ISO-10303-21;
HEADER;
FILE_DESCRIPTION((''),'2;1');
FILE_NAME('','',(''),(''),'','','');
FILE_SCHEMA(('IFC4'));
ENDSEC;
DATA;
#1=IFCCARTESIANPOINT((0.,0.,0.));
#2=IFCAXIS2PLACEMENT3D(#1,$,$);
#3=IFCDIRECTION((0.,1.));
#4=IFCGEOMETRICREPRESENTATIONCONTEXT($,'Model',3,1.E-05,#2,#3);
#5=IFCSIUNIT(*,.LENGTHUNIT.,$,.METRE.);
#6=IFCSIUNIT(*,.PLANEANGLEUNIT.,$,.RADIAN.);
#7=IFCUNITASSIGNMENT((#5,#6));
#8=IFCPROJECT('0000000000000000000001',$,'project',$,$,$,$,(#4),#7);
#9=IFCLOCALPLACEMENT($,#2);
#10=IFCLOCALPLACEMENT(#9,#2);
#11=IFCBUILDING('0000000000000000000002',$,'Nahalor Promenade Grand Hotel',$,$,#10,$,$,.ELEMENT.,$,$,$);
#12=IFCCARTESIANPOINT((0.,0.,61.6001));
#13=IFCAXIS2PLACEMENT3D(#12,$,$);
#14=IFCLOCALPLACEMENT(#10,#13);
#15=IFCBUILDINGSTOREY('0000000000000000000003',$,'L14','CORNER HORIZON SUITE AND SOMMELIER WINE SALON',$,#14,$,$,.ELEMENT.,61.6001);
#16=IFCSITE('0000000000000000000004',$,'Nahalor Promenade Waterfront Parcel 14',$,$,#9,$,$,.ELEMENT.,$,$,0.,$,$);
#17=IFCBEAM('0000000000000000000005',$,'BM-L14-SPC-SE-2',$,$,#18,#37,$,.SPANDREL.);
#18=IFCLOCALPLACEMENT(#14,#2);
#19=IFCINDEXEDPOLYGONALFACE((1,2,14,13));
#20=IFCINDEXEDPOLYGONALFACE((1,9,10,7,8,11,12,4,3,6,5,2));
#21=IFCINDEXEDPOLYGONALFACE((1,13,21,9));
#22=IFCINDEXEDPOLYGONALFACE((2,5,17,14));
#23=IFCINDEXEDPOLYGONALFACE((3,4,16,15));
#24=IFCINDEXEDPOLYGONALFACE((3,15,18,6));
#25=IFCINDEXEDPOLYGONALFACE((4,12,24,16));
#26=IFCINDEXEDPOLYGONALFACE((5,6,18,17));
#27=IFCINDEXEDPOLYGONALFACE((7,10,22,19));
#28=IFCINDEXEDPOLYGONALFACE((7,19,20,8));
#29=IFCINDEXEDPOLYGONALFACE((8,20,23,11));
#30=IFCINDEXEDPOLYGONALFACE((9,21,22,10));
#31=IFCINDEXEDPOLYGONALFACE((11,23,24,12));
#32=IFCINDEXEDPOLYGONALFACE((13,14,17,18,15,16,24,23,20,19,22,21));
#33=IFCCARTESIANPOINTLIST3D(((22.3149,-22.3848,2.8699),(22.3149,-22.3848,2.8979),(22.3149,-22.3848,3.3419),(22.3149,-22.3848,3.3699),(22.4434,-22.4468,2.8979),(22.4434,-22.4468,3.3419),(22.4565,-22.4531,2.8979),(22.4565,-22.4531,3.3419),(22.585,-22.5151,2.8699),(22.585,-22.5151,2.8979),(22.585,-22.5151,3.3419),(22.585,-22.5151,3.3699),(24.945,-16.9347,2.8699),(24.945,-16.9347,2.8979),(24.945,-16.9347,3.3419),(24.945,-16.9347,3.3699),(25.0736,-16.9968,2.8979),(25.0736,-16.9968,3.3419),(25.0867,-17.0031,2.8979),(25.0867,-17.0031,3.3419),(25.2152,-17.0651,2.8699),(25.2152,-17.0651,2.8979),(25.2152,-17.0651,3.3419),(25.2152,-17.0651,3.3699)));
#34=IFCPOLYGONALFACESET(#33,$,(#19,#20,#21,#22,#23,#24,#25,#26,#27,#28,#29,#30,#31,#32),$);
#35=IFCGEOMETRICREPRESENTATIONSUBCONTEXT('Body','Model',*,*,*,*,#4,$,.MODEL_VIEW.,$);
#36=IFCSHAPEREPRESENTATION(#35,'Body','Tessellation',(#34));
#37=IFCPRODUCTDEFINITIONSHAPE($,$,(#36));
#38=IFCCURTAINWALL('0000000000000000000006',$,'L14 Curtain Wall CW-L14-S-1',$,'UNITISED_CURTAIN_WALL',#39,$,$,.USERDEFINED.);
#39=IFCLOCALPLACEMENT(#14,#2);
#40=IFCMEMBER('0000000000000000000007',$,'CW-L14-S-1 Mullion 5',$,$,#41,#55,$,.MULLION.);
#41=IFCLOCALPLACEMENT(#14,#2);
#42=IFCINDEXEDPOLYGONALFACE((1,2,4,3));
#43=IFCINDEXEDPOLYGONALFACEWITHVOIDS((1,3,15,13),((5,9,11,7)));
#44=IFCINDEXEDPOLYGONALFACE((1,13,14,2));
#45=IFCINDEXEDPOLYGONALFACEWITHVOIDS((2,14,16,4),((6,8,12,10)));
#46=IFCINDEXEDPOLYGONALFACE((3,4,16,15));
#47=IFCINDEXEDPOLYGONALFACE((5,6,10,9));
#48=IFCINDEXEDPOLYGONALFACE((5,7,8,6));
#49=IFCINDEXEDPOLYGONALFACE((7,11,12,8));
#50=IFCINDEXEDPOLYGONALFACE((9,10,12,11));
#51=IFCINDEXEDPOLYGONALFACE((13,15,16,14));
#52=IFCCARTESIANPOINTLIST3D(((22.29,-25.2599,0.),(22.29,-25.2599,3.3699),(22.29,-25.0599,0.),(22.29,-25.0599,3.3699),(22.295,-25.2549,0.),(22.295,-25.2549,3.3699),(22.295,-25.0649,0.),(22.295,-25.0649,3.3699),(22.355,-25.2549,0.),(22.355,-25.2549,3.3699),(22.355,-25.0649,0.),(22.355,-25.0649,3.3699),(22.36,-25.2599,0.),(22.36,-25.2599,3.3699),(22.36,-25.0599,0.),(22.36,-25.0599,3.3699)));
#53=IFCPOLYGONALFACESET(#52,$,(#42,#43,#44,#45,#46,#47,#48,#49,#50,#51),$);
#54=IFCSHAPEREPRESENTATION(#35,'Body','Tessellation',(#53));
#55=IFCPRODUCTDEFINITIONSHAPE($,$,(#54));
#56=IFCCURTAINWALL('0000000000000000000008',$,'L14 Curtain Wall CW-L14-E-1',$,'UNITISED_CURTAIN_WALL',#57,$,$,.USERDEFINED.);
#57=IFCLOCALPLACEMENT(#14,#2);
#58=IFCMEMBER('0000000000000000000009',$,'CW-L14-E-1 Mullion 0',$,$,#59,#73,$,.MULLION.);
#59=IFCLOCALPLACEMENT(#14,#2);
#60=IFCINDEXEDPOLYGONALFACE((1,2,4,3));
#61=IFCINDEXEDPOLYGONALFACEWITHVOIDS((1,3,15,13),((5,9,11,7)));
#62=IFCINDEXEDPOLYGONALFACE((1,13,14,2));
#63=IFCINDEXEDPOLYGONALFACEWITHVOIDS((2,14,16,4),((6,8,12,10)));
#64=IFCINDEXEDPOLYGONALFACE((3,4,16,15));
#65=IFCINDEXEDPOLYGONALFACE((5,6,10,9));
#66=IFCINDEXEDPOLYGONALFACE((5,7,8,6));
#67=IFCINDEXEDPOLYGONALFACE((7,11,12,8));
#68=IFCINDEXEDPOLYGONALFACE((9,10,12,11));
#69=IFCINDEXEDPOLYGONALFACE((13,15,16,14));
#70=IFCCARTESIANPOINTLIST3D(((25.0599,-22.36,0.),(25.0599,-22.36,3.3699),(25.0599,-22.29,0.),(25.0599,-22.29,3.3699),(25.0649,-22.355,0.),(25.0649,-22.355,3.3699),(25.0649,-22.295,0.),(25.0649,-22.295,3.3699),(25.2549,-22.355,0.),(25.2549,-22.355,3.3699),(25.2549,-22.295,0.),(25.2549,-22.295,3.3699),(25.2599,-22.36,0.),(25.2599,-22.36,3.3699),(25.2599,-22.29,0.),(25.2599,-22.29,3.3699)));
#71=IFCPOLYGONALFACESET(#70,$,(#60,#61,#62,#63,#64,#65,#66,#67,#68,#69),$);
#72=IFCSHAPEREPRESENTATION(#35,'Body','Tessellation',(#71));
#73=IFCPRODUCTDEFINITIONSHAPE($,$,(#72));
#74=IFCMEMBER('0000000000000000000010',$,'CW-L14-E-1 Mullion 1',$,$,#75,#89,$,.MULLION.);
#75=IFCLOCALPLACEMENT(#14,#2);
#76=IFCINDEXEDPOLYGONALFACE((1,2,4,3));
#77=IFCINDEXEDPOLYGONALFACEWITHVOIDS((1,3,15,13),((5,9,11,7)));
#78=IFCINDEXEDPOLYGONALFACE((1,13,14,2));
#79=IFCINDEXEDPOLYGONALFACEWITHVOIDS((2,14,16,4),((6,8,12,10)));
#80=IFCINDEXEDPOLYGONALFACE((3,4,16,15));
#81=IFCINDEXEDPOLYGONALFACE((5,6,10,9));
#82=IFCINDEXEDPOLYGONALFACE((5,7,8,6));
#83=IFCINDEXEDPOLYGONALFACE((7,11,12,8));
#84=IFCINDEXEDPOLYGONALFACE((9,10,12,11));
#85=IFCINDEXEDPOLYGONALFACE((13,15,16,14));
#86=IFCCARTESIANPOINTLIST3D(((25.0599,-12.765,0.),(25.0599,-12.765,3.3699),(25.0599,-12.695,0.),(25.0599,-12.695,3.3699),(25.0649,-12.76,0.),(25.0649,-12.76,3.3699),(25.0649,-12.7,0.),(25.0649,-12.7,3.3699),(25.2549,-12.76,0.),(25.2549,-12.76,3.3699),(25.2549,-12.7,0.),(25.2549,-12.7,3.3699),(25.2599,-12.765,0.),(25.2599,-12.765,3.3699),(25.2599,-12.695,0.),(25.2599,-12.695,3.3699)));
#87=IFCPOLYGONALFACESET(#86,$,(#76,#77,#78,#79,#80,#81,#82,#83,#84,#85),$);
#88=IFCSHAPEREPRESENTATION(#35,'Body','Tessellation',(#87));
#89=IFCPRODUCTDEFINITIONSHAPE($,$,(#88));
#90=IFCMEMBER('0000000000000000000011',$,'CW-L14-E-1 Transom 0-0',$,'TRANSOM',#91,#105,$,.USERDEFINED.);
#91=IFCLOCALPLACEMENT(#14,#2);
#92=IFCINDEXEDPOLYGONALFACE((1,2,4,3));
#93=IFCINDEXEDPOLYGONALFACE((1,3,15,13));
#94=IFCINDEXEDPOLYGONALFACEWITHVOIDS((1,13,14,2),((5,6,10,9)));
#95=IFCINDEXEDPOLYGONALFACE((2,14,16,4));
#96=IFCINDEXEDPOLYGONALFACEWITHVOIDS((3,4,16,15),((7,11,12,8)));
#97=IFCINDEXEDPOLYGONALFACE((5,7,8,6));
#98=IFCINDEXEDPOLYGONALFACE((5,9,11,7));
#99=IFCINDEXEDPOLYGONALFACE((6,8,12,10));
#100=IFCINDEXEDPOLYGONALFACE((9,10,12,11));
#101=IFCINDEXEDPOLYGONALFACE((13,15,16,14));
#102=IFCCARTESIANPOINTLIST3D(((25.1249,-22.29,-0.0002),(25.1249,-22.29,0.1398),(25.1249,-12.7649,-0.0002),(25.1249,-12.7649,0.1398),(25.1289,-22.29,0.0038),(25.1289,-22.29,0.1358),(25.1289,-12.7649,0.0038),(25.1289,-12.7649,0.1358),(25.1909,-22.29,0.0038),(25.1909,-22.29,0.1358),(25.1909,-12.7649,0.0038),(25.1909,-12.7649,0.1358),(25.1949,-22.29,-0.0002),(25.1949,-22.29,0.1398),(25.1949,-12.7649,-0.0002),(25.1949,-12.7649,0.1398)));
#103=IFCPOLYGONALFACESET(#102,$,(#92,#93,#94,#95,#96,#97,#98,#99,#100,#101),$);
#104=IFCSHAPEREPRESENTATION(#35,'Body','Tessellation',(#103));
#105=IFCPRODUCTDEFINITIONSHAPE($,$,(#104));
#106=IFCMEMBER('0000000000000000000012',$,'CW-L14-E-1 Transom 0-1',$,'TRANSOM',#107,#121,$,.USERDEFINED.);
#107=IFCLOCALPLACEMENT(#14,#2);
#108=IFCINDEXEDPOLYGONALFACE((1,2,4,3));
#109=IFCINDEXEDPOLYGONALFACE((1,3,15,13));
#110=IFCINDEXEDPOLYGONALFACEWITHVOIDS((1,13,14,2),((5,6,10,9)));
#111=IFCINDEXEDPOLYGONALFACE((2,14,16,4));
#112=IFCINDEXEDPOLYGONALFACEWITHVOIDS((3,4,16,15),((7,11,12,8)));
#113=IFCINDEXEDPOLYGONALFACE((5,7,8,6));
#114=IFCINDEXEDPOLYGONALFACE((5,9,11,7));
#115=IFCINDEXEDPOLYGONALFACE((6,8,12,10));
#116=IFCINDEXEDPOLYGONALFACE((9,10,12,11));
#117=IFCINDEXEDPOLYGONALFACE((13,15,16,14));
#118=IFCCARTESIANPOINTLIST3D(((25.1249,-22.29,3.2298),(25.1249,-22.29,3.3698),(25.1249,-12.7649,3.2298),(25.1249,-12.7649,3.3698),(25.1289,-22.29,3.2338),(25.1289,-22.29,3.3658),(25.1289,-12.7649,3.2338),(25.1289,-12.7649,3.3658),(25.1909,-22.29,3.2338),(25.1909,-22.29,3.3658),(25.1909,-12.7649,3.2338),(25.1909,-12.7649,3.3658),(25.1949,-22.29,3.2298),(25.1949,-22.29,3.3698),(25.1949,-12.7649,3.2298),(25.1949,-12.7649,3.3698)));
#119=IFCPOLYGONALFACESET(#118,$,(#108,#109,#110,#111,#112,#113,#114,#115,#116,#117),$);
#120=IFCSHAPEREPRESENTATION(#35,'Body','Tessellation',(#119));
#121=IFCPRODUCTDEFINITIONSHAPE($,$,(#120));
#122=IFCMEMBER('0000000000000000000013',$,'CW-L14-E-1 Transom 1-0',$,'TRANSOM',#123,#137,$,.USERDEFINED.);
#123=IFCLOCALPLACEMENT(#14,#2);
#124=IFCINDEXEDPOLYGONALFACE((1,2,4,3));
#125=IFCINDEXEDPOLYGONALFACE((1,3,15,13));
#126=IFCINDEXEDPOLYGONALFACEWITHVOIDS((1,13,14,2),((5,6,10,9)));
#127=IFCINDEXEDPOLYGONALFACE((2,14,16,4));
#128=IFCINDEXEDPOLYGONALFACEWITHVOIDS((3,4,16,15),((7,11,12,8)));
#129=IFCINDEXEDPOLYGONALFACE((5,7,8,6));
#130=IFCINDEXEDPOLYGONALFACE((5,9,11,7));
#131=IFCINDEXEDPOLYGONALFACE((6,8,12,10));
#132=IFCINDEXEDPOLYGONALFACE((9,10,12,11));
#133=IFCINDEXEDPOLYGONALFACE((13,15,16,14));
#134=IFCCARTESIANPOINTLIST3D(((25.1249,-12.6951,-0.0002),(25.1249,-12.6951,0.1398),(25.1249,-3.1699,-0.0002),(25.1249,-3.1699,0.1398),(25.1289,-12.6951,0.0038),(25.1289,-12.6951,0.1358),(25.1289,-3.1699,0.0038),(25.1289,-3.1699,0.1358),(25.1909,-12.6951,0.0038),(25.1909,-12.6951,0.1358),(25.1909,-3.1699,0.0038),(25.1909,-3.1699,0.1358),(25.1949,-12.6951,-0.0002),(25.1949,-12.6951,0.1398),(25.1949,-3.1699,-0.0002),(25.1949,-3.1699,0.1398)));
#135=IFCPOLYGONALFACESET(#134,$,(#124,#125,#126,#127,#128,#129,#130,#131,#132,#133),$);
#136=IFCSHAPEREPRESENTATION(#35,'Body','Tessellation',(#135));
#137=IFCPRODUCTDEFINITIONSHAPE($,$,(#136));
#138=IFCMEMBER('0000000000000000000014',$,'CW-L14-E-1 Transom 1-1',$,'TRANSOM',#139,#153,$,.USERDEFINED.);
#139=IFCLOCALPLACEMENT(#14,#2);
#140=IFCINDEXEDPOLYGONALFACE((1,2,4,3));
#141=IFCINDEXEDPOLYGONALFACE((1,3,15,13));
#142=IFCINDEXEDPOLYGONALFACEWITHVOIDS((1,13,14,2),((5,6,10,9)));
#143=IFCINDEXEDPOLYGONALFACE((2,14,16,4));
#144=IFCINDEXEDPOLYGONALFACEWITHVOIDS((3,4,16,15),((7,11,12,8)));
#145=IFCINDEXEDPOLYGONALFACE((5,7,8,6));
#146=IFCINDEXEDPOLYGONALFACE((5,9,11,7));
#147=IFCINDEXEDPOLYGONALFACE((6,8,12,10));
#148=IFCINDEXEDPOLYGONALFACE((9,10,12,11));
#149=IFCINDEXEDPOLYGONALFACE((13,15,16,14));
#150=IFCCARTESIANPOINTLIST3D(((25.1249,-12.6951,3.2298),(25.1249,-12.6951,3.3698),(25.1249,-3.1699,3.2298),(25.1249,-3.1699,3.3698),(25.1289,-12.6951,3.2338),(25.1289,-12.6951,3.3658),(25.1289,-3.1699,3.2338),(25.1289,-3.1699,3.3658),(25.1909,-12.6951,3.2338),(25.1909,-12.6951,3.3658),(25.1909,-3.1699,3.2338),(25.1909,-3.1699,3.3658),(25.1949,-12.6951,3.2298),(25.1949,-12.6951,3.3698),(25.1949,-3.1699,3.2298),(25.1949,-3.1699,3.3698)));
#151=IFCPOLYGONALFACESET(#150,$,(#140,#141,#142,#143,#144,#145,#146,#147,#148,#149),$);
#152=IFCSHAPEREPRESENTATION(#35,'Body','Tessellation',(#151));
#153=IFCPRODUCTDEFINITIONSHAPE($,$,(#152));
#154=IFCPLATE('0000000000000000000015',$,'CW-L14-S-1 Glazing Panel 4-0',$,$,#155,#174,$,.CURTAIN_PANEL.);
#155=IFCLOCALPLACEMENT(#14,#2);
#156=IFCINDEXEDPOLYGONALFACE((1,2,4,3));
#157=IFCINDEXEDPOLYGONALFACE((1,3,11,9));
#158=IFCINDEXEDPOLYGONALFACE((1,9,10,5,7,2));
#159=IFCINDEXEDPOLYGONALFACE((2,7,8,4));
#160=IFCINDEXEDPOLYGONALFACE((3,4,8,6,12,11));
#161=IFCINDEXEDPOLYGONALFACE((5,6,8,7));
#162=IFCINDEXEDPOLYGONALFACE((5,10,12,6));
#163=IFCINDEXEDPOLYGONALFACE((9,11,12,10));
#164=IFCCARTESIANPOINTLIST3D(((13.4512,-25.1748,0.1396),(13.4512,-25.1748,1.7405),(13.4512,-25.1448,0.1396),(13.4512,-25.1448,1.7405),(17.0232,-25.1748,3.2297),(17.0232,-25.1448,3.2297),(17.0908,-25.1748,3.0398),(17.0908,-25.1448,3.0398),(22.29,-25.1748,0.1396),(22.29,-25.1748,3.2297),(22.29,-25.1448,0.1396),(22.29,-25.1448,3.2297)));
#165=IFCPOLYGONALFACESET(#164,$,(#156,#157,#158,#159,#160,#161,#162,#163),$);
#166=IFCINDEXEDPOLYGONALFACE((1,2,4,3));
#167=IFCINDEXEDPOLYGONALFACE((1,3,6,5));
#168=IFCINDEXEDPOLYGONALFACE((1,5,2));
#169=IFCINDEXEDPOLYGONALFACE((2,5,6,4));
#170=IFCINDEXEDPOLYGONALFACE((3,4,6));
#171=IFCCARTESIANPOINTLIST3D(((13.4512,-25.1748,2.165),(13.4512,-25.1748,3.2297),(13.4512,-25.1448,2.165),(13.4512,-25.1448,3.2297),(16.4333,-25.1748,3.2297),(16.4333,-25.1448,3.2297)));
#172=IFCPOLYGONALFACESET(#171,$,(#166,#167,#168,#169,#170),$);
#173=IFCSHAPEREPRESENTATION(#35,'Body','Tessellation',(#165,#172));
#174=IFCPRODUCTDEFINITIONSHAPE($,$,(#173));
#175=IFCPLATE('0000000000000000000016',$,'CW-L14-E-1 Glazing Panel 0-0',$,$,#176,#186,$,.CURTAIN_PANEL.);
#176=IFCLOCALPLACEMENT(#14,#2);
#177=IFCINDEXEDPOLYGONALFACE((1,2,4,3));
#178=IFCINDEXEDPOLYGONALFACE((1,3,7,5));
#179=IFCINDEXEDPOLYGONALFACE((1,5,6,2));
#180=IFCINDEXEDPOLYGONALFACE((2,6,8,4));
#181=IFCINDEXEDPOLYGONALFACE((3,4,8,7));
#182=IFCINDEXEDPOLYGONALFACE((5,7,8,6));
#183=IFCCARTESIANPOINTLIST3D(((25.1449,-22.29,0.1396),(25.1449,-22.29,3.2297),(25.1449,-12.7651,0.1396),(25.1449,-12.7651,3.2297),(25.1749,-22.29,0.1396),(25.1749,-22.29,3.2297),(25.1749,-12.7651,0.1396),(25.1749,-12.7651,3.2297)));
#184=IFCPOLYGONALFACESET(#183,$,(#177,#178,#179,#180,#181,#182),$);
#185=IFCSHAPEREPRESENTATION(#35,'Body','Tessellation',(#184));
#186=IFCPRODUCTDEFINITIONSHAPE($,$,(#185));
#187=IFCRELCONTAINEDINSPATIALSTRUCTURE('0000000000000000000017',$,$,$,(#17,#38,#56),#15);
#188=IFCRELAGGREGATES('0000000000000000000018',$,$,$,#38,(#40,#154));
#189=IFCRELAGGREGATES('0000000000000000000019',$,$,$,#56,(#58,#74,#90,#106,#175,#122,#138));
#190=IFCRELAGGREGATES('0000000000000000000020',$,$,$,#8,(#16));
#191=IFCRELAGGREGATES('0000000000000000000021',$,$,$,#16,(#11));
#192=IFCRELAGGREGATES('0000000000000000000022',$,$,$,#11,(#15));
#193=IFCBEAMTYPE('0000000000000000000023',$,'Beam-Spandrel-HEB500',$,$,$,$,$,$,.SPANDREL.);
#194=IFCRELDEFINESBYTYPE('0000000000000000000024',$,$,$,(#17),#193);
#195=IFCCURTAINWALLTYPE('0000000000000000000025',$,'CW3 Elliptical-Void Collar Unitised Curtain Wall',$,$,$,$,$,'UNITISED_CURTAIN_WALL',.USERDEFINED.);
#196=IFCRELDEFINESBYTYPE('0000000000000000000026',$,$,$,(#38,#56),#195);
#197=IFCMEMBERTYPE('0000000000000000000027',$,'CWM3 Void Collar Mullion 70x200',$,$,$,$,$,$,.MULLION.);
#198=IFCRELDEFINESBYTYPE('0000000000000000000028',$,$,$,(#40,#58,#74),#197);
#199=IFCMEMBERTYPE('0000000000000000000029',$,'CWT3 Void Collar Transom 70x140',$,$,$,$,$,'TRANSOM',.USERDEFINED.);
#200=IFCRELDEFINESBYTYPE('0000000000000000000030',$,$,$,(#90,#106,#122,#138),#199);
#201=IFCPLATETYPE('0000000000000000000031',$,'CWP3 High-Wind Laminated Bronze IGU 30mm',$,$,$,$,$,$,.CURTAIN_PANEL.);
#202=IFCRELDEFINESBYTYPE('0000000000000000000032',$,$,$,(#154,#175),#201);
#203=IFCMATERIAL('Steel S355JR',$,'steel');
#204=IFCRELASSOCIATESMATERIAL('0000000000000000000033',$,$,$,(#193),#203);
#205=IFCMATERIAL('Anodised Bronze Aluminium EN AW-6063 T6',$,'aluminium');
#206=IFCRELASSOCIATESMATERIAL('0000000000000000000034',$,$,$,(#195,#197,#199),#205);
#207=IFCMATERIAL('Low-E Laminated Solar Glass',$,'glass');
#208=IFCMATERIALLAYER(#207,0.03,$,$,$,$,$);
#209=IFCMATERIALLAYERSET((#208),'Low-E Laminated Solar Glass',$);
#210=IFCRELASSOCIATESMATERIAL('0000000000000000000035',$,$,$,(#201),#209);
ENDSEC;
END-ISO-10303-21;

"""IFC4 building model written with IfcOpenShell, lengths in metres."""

from ifc_helpers import new_model, si_unit, direction, frame, origin, origin_2d, place, context, subcontext, project, spatial, polyline, rectangle, hollow_rectangle, i_section, outline, extrude, source, transform, mapped, material, layer, layer_set, material_profile, profile_set, type_object, element, aggregate, save


model = new_model("IFC4")

# Units and contexts
model_context = context("Model", 3, precision=1e-05, world=origin(), true_north=direction((0.0, 1.0)))
body_context = subcontext(model_context, "Body", "Model", "MODEL_VIEW")
ifc_project = project(units=[si_unit("LENGTHUNIT", "METRE"), si_unit("PLANEANGLEUNIT", "RADIAN")], contexts=[model_context])

# Site, building, storey
site_placement = place(None, origin())
site = spatial("IfcSite", under=ifc_project, at=site_placement, Name="Nahalor Promenade Waterfront Parcel 14", CompositionType="ELEMENT", RefElevation=0.0)
building_placement = place(site_placement, origin())
building = spatial("IfcBuilding", under=site, at=building_placement, Name="Nahalor Promenade Grand Hotel", CompositionType="ELEMENT")
storey_placement = place(building_placement, frame((0.0, 0.0, 61.6001)))
storey = spatial("IfcBuildingStorey", under=building, at=storey_placement, Name="L14", Description="CORNER HORIZON SUITE AND SOMMELIER WINE SALON", CompositionType="ELEMENT", Elevation=61.6001)

# Beam
ifc_material_1 = material(Name="Steel S355JR", Category="steel")
ifc_material_profile_1 = material_profile(ifc_material_1, i_section(OverallWidth=0.3, OverallDepth=0.5, WebThickness=0.0145, FlangeThickness=0.028, at=origin_2d()), Name="HEB 500")
ifc_profile_set_1 = profile_set([ifc_material_profile_1], Name="Steel S355JR")
beam_type_1 = type_object("IfcBeamType", Name="Beam-Spandrel-HEB500", PredefinedType="SPANDREL", material=ifc_profile_set_1)
shared_shape_1 = source(origin(), body_context, "Body", "SweptSolid", [
    extrude(i_section(OverallWidth=0.3, OverallDepth=0.5, WebThickness=0.0145, FlangeThickness=0.028, at=origin_2d()), origin(), (0.0, 0.0, 1.0), 6.0515),
])
for number, where, z_axis, x_axis, name in (
    (1, (22.45, -22.45, 3.1199), (0.434631, 0.900609, 0.0), (-0.900609, 0.434631, 0.0), "BM-L14-SPC-SE-2"),
):
    element("IfcBeam", number, at=place(storey_placement, frame(where, z_axis=z_axis, x_axis=x_axis)), inside=storey, type_object=beam_type_1, Name=name, PredefinedType="SPANDREL", context=body_context, shape_type="MappedRepresentation", body=[
        mapped(shared_shape_1, transform((0.0, 0.0, 0.0), scale=1.0)),
    ])

# Curtain wall, member
ifc_material_2 = material(Name="Anodised Bronze Aluminium EN AW-6063 T6", Category="aluminium")
curtain_wall_type = type_object("IfcCurtainWallType", Name="CW3 Elliptical-Void Collar Unitised Curtain Wall", ElementType="UNITISED_CURTAIN_WALL", PredefinedType="USERDEFINED", material=ifc_material_2)
curtain_wall_1_placement = place(storey_placement, origin())
curtain_wall_1 = element("IfcCurtainWall", 2, at=curtain_wall_1_placement, inside=storey, type_object=curtain_wall_type, Name="L14 Curtain Wall CW-L14-S-1", ObjectType="UNITISED_CURTAIN_WALL", PredefinedType="USERDEFINED")
ifc_material_profile_2 = material_profile(ifc_material_2, hollow_rectangle(XDim=0.07, YDim=0.2, WallThickness=0.005, at=origin_2d()), Name="CWM 70x200x5")
ifc_profile_set_2 = profile_set([ifc_material_profile_2], Name="Anodised Bronze Aluminium EN AW-6063 T6")
member_type_1 = type_object("IfcMemberType", Name="CWM3 Void Collar Mullion 70x200", PredefinedType="MULLION", material=ifc_profile_set_2)
shared_shape_2 = source(origin(), body_context, "Body", "SweptSolid", [
    extrude(hollow_rectangle(XDim=0.07, YDim=0.2, WallThickness=0.005, at=origin_2d()), origin(), (0.0, 0.0, 1.0), 3.3699),
])
member_1_placement = place(storey_placement, frame((22.325, -25.1599, 0.0), z_axis=(0.0, 0.0, 1.0), x_axis=(1.0, 0.0, 0.0)))
member_1 = element("IfcMember", 3, at=member_1_placement, type_object=member_type_1, Name="CW-L14-S-1 Mullion 5", PredefinedType="MULLION", context=body_context, shape_type="MappedRepresentation", body=[
    mapped(shared_shape_2, transform((0.0, 0.0, 0.0), scale=1.0)),
])

# Curtain wall, members
curtain_wall_2_placement = place(storey_placement, origin())
curtain_wall_2 = element("IfcCurtainWall", 4, at=curtain_wall_2_placement, inside=storey, type_object=curtain_wall_type, Name="L14 Curtain Wall CW-L14-E-1", ObjectType="UNITISED_CURTAIN_WALL", PredefinedType="USERDEFINED")
member_2_placement = place(storey_placement, frame((25.1599, -22.325, 0.0), z_axis=(0.0, 0.0, 1.0), x_axis=(0.0, 1.0, 0.0)))
member_2 = element("IfcMember", 5, at=member_2_placement, type_object=member_type_1, Name="CW-L14-E-1 Mullion 0", PredefinedType="MULLION", context=body_context, shape_type="MappedRepresentation", body=[
    mapped(shared_shape_2, transform((0.0, 0.0, 0.0), scale=1.0)),
])
member_3_placement = place(storey_placement, frame((25.1599, -12.73, 0.0), z_axis=(0.0, 0.0, 1.0), x_axis=(0.0, 1.0, 0.0)))
member_3 = element("IfcMember", 6, at=member_3_placement, type_object=member_type_1, Name="CW-L14-E-1 Mullion 1", PredefinedType="MULLION", context=body_context, shape_type="MappedRepresentation", body=[
    mapped(shared_shape_2, transform((0.0, 0.0, 0.0), scale=1.0)),
])
ifc_material_profile_3 = material_profile(ifc_material_2, hollow_rectangle(XDim=0.07, YDim=0.14, WallThickness=0.004, at=origin_2d()), Name="CWT 70x140x4")
ifc_profile_set_3 = profile_set([ifc_material_profile_3], Name="Anodised Bronze Aluminium EN AW-6063 T6")
member_type_2 = type_object("IfcMemberType", Name="CWT3 Void Collar Transom 70x140", ElementType="TRANSOM", PredefinedType="USERDEFINED", material=ifc_profile_set_3)
shared_shape_3 = source(origin(), body_context, "Body", "SweptSolid", [
    extrude(hollow_rectangle(XDim=0.07, YDim=0.14, WallThickness=0.004, at=origin_2d()), origin(), (0.0, 0.0, 1.0), 9.5251),
])
member_4_placement = place(storey_placement, frame((25.1599, -22.29, 0.0698), z_axis=(0.0, 1.0, 0.0), x_axis=(-1.0, 0.0, 0.0)))
member_4 = element("IfcMember", 7, at=member_4_placement, type_object=member_type_2, Name="CW-L14-E-1 Transom 0-0", ObjectType="TRANSOM", PredefinedType="USERDEFINED", context=body_context, shape_type="MappedRepresentation", body=[
    mapped(shared_shape_3, transform((0.0, 0.0, 0.0), scale=1.0)),
])
member_5_placement = place(storey_placement, frame((25.1599, -22.29, 3.2998), z_axis=(0.0, 1.0, 0.0), x_axis=(-1.0, 0.0, 0.0)))
member_5 = element("IfcMember", 8, at=member_5_placement, type_object=member_type_2, Name="CW-L14-E-1 Transom 0-1", ObjectType="TRANSOM", PredefinedType="USERDEFINED", context=body_context, shape_type="MappedRepresentation", body=[
    mapped(shared_shape_3, transform((0.0, 0.0, 0.0), scale=1.0)),
])
member_6_placement = place(storey_placement, frame((25.1599, -12.6951, 0.0698), z_axis=(0.0, 1.0, 0.0), x_axis=(-1.0, 0.0, 0.0)))
member_6 = element("IfcMember", 9, at=member_6_placement, type_object=member_type_2, Name="CW-L14-E-1 Transom 1-0", ObjectType="TRANSOM", PredefinedType="USERDEFINED", context=body_context, shape_type="MappedRepresentation", body=[
    mapped(shared_shape_3, transform((0.0, 0.0, 0.0), scale=1.0)),
])
member_7_placement = place(storey_placement, frame((25.1599, -12.6951, 3.2998), z_axis=(0.0, 1.0, 0.0), x_axis=(-1.0, 0.0, 0.0)))
member_7 = element("IfcMember", 10, at=member_7_placement, type_object=member_type_2, Name="CW-L14-E-1 Transom 1-1", ObjectType="TRANSOM", PredefinedType="USERDEFINED", context=body_context, shape_type="MappedRepresentation", body=[
    mapped(shared_shape_3, transform((0.0, 0.0, 0.0), scale=1.0)),
])

# Plates
ifc_material_3 = material(Name="Low-E Laminated Solar Glass", Category="glass")
ifc_layer_1 = layer(ifc_material_3, 0.03)
ifc_layer_set_1 = layer_set([ifc_layer_1], Name="Low-E Laminated Solar Glass")
plate_type = type_object("IfcPlateType", Name="CWP3 High-Wind Laminated Bronze IGU 30mm", PredefinedType="CURTAIN_PANEL", material=ifc_layer_set_1)
plate_1_placement = place(storey_placement, frame((17.8706, -25.1599, 0.1396), z_axis=(0.0, 0.0, 1.0), x_axis=(1.0, 0.0, 0.0)))
plate_1 = element("IfcPlate", 11, at=plate_1_placement, type_object=plate_type, Name="CW-L14-S-1 Glazing Panel 4-0", PredefinedType="CURTAIN_PANEL", context=body_context, shape_type="SweptSolid", body=[
    extrude(outline(polyline([(4.4194, 0.0), (4.4194, 3.0901), (-0.8474, 3.0901), (-0.7798, 2.9001), (-4.4194, 1.6008), (-4.4194, 0.0), (4.4194, 0.0)])), frame((0.0, 0.0151, 0.0), z_axis=(0.0, -1.0, 0.0), x_axis=(1.0, 0.0, 0.0)), (0.0, 0.0, 1.0), 0.03),
    extrude(outline(polyline([(-1.4373, 3.0901), (-4.4194, 3.0901), (-4.4194, 2.0254), (-1.4373, 3.0901)])), frame((0.0, 0.0151, 0.0), z_axis=(0.0, -1.0, 0.0), x_axis=(1.0, 0.0, 0.0)), (0.0, 0.0, 1.0), 0.03),
])
aggregate(curtain_wall_1, [member_1, plate_1])
shared_shape_4 = source(origin(), body_context, "Body", "SweptSolid", [
    extrude(rectangle(XDim=9.5249, YDim=0.03, at=origin_2d()), origin(), (0.0, 0.0, 1.0), 3.0901),
])
plate_2_placement = place(storey_placement, frame((25.1599, -17.5276, 0.1396), z_axis=(0.0, 0.0, 1.0), x_axis=(0.0, 1.0, 0.0)))
plate_2 = element("IfcPlate", 12, at=plate_2_placement, type_object=plate_type, Name="CW-L14-E-1 Glazing Panel 0-0", PredefinedType="CURTAIN_PANEL", context=body_context, shape_type="MappedRepresentation", body=[
    mapped(shared_shape_4, transform((0.0, 0.0, 0.0), scale=1.0)),
])
aggregate(curtain_wall_2, [member_2, member_3, member_4, member_5, plate_2, member_6, member_7])

save(model, "model.ifc")
